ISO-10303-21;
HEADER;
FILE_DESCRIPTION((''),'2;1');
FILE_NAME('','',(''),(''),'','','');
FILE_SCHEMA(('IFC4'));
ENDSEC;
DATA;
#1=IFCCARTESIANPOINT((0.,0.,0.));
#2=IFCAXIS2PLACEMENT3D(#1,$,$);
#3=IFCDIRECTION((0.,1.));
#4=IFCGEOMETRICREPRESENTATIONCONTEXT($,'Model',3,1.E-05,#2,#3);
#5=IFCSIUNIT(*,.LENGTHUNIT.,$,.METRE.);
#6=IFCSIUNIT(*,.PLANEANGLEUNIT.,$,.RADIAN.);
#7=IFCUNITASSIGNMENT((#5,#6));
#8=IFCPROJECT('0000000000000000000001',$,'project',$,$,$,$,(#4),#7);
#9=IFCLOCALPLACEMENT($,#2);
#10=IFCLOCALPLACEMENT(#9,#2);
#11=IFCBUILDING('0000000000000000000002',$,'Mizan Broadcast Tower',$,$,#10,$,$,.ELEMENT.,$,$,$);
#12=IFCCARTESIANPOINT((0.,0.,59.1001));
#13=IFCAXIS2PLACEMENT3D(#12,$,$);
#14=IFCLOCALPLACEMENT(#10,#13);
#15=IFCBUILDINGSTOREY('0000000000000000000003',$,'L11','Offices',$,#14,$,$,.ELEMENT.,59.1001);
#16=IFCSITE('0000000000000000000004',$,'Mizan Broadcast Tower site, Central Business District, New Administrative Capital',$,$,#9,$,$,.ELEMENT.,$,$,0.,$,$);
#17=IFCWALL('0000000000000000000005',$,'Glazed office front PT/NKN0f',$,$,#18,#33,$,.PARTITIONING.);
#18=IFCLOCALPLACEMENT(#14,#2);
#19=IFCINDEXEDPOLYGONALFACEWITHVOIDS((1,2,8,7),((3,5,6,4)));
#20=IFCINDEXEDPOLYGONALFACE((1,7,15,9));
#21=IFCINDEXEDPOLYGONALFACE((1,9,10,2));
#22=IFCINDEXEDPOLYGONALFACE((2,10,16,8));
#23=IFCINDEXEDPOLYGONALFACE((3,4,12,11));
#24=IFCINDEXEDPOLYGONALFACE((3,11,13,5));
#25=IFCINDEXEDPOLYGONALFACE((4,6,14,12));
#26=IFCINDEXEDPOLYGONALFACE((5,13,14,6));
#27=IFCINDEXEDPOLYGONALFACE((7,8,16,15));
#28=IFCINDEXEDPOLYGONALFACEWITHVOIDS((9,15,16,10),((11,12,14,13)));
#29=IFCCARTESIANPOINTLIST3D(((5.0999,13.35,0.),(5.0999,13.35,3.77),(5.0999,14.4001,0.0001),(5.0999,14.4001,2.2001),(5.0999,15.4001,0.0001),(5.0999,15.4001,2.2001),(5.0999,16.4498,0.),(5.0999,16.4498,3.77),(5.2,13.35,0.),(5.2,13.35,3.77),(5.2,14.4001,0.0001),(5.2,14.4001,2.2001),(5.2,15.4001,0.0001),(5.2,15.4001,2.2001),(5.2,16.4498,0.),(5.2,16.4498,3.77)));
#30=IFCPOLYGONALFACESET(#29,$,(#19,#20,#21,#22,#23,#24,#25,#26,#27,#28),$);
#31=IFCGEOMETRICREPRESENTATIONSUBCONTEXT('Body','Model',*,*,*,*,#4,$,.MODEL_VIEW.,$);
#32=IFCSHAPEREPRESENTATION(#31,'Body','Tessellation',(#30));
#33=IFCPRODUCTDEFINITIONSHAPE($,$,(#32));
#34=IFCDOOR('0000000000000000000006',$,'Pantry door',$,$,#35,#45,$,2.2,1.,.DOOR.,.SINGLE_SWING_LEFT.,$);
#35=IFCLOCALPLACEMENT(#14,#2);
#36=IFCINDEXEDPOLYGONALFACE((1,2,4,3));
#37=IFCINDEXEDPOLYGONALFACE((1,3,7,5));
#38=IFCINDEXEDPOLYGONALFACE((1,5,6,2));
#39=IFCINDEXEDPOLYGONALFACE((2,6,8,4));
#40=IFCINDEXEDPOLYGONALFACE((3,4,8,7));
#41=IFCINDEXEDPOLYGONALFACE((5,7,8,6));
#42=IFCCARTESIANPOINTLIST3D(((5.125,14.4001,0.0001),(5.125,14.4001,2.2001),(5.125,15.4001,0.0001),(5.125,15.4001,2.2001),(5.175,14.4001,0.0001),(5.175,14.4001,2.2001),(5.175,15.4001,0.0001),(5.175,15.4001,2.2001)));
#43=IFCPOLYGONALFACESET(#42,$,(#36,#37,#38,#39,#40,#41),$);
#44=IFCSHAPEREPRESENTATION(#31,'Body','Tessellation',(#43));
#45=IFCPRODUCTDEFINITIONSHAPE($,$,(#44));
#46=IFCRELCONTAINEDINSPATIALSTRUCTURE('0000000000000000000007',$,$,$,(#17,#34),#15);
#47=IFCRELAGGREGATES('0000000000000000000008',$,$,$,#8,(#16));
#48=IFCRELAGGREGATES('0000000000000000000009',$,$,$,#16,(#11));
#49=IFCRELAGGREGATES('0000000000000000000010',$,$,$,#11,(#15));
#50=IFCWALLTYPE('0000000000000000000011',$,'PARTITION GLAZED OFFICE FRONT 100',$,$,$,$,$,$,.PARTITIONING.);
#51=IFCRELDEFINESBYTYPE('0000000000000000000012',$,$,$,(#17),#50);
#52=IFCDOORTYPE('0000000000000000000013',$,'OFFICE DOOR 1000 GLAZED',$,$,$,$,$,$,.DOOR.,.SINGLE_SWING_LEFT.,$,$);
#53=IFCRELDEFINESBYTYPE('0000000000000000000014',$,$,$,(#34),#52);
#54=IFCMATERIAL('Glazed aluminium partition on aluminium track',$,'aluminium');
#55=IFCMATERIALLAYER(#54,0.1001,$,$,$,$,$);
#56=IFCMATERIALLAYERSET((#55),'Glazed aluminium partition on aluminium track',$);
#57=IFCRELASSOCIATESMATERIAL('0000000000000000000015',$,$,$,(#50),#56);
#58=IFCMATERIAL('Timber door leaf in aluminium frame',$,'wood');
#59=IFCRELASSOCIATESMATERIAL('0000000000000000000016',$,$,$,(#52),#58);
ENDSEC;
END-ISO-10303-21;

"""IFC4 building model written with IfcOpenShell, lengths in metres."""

from ifc_helpers import new_model, si_unit, direction, frame, frame_2d, origin, place, context, subcontext, project, spatial, rectangle, extrude, material, layer, layer_set, type_object, element, fill, save


model = new_model("IFC4")

# Units and contexts
model_context = context("Model", 3, precision=1e-05, world=origin(), true_north=direction((0.0, 1.0)))
body_context = subcontext(model_context, "Body", "Model", "MODEL_VIEW")
ifc_project = project(units=[si_unit("LENGTHUNIT", "METRE"), si_unit("PLANEANGLEUNIT", "RADIAN")], contexts=[model_context])

# Site, building, storey
site_placement = place(None, origin())
site = spatial("IfcSite", under=ifc_project, at=site_placement, Name="Mizan Broadcast Tower site, Central Business District, New Administrative Capital", CompositionType="ELEMENT", RefElevation=0.0)
building_placement = place(site_placement, origin())
building = spatial("IfcBuilding", under=site, at=building_placement, Name="Mizan Broadcast Tower", CompositionType="ELEMENT")
storey_placement = place(building_placement, frame((0.0, 0.0, 59.1001)))
storey = spatial("IfcBuildingStorey", under=building, at=storey_placement, Name="L11", Description="Offices", CompositionType="ELEMENT", Elevation=59.1001)

# Shared definitions
ifc_material_1 = material(Name="Glazed aluminium partition on aluminium track", Category="aluminium")
ifc_layer_1 = layer(ifc_material_1, 0.1001)
ifc_layer_set_1 = layer_set([ifc_layer_1], Name="Glazed aluminium partition on aluminium track")
wall_type_1 = type_object("IfcWallType", Name="PARTITION GLAZED OFFICE FRONT 100", PredefinedType="PARTITIONING", material=ifc_layer_set_1)

# Wall, opening, door
wall_1_placement = place(storey_placement, frame((5.1499, 13.3501, 0.0), z_axis=(0.0, 0.0, 1.0), x_axis=(0.0, 1.0, 0.0)))
wall_1 = element("IfcWall", 1, at=wall_1_placement, inside=storey, type_object=wall_type_1, Name="Glazed office front PT/NKN0f", PredefinedType="PARTITIONING", context=body_context, shape_type="SweptSolid", body=[
    extrude(rectangle(XDim=3.0999, YDim=0.1001, at=frame_2d((1.5498, 0.0))), origin(), (0.0, 0.0, 1.0), 3.77),
])
opening_placement = place(wall_1_placement, frame((1.05, 0.0, 0.0)))
opening = element("IfcOpeningElement", 2, at=opening_placement, cuts=wall_1, PredefinedType="OPENING", context=body_context, shape_type="SweptSolid", body=[
    extrude(rectangle(XDim=1.0, YDim=2.2, at=frame_2d((0.5, 1.1001))), frame((0.0, 0.0601, 0.0), z_axis=(0.0, -1.0, 0.0), x_axis=(1.0, 0.0, 0.0)), (0.0, 0.0, 1.0), 0.1201),
])
ifc_material_2 = material(Name="Timber door leaf in aluminium frame", Category="wood")
door_type = type_object("IfcDoorType", Name="OFFICE DOOR 1000 GLAZED", OperationType="SINGLE_SWING_LEFT", PredefinedType="DOOR", material=ifc_material_2)
door_placement = place(opening_placement, origin())
door = element("IfcDoor", 3, at=door_placement, inside=storey, type_object=door_type, Name="Pantry door", OperationType="SINGLE_SWING_LEFT", OverallHeight=2.2, OverallWidth=1.0, PredefinedType="DOOR", context=body_context, shape_type="SweptSolid", body=[
    extrude(rectangle(XDim=1.0, YDim=2.2, at=frame_2d((0.5, 1.1001))), frame((0.0, 0.0249, 0.0), z_axis=(0.0, -1.0, 0.0), x_axis=(1.0, 0.0, 0.0)), (0.0, 0.0, 1.0), 0.05),
])
fill(opening, door)

save(model, "model.ifc")
